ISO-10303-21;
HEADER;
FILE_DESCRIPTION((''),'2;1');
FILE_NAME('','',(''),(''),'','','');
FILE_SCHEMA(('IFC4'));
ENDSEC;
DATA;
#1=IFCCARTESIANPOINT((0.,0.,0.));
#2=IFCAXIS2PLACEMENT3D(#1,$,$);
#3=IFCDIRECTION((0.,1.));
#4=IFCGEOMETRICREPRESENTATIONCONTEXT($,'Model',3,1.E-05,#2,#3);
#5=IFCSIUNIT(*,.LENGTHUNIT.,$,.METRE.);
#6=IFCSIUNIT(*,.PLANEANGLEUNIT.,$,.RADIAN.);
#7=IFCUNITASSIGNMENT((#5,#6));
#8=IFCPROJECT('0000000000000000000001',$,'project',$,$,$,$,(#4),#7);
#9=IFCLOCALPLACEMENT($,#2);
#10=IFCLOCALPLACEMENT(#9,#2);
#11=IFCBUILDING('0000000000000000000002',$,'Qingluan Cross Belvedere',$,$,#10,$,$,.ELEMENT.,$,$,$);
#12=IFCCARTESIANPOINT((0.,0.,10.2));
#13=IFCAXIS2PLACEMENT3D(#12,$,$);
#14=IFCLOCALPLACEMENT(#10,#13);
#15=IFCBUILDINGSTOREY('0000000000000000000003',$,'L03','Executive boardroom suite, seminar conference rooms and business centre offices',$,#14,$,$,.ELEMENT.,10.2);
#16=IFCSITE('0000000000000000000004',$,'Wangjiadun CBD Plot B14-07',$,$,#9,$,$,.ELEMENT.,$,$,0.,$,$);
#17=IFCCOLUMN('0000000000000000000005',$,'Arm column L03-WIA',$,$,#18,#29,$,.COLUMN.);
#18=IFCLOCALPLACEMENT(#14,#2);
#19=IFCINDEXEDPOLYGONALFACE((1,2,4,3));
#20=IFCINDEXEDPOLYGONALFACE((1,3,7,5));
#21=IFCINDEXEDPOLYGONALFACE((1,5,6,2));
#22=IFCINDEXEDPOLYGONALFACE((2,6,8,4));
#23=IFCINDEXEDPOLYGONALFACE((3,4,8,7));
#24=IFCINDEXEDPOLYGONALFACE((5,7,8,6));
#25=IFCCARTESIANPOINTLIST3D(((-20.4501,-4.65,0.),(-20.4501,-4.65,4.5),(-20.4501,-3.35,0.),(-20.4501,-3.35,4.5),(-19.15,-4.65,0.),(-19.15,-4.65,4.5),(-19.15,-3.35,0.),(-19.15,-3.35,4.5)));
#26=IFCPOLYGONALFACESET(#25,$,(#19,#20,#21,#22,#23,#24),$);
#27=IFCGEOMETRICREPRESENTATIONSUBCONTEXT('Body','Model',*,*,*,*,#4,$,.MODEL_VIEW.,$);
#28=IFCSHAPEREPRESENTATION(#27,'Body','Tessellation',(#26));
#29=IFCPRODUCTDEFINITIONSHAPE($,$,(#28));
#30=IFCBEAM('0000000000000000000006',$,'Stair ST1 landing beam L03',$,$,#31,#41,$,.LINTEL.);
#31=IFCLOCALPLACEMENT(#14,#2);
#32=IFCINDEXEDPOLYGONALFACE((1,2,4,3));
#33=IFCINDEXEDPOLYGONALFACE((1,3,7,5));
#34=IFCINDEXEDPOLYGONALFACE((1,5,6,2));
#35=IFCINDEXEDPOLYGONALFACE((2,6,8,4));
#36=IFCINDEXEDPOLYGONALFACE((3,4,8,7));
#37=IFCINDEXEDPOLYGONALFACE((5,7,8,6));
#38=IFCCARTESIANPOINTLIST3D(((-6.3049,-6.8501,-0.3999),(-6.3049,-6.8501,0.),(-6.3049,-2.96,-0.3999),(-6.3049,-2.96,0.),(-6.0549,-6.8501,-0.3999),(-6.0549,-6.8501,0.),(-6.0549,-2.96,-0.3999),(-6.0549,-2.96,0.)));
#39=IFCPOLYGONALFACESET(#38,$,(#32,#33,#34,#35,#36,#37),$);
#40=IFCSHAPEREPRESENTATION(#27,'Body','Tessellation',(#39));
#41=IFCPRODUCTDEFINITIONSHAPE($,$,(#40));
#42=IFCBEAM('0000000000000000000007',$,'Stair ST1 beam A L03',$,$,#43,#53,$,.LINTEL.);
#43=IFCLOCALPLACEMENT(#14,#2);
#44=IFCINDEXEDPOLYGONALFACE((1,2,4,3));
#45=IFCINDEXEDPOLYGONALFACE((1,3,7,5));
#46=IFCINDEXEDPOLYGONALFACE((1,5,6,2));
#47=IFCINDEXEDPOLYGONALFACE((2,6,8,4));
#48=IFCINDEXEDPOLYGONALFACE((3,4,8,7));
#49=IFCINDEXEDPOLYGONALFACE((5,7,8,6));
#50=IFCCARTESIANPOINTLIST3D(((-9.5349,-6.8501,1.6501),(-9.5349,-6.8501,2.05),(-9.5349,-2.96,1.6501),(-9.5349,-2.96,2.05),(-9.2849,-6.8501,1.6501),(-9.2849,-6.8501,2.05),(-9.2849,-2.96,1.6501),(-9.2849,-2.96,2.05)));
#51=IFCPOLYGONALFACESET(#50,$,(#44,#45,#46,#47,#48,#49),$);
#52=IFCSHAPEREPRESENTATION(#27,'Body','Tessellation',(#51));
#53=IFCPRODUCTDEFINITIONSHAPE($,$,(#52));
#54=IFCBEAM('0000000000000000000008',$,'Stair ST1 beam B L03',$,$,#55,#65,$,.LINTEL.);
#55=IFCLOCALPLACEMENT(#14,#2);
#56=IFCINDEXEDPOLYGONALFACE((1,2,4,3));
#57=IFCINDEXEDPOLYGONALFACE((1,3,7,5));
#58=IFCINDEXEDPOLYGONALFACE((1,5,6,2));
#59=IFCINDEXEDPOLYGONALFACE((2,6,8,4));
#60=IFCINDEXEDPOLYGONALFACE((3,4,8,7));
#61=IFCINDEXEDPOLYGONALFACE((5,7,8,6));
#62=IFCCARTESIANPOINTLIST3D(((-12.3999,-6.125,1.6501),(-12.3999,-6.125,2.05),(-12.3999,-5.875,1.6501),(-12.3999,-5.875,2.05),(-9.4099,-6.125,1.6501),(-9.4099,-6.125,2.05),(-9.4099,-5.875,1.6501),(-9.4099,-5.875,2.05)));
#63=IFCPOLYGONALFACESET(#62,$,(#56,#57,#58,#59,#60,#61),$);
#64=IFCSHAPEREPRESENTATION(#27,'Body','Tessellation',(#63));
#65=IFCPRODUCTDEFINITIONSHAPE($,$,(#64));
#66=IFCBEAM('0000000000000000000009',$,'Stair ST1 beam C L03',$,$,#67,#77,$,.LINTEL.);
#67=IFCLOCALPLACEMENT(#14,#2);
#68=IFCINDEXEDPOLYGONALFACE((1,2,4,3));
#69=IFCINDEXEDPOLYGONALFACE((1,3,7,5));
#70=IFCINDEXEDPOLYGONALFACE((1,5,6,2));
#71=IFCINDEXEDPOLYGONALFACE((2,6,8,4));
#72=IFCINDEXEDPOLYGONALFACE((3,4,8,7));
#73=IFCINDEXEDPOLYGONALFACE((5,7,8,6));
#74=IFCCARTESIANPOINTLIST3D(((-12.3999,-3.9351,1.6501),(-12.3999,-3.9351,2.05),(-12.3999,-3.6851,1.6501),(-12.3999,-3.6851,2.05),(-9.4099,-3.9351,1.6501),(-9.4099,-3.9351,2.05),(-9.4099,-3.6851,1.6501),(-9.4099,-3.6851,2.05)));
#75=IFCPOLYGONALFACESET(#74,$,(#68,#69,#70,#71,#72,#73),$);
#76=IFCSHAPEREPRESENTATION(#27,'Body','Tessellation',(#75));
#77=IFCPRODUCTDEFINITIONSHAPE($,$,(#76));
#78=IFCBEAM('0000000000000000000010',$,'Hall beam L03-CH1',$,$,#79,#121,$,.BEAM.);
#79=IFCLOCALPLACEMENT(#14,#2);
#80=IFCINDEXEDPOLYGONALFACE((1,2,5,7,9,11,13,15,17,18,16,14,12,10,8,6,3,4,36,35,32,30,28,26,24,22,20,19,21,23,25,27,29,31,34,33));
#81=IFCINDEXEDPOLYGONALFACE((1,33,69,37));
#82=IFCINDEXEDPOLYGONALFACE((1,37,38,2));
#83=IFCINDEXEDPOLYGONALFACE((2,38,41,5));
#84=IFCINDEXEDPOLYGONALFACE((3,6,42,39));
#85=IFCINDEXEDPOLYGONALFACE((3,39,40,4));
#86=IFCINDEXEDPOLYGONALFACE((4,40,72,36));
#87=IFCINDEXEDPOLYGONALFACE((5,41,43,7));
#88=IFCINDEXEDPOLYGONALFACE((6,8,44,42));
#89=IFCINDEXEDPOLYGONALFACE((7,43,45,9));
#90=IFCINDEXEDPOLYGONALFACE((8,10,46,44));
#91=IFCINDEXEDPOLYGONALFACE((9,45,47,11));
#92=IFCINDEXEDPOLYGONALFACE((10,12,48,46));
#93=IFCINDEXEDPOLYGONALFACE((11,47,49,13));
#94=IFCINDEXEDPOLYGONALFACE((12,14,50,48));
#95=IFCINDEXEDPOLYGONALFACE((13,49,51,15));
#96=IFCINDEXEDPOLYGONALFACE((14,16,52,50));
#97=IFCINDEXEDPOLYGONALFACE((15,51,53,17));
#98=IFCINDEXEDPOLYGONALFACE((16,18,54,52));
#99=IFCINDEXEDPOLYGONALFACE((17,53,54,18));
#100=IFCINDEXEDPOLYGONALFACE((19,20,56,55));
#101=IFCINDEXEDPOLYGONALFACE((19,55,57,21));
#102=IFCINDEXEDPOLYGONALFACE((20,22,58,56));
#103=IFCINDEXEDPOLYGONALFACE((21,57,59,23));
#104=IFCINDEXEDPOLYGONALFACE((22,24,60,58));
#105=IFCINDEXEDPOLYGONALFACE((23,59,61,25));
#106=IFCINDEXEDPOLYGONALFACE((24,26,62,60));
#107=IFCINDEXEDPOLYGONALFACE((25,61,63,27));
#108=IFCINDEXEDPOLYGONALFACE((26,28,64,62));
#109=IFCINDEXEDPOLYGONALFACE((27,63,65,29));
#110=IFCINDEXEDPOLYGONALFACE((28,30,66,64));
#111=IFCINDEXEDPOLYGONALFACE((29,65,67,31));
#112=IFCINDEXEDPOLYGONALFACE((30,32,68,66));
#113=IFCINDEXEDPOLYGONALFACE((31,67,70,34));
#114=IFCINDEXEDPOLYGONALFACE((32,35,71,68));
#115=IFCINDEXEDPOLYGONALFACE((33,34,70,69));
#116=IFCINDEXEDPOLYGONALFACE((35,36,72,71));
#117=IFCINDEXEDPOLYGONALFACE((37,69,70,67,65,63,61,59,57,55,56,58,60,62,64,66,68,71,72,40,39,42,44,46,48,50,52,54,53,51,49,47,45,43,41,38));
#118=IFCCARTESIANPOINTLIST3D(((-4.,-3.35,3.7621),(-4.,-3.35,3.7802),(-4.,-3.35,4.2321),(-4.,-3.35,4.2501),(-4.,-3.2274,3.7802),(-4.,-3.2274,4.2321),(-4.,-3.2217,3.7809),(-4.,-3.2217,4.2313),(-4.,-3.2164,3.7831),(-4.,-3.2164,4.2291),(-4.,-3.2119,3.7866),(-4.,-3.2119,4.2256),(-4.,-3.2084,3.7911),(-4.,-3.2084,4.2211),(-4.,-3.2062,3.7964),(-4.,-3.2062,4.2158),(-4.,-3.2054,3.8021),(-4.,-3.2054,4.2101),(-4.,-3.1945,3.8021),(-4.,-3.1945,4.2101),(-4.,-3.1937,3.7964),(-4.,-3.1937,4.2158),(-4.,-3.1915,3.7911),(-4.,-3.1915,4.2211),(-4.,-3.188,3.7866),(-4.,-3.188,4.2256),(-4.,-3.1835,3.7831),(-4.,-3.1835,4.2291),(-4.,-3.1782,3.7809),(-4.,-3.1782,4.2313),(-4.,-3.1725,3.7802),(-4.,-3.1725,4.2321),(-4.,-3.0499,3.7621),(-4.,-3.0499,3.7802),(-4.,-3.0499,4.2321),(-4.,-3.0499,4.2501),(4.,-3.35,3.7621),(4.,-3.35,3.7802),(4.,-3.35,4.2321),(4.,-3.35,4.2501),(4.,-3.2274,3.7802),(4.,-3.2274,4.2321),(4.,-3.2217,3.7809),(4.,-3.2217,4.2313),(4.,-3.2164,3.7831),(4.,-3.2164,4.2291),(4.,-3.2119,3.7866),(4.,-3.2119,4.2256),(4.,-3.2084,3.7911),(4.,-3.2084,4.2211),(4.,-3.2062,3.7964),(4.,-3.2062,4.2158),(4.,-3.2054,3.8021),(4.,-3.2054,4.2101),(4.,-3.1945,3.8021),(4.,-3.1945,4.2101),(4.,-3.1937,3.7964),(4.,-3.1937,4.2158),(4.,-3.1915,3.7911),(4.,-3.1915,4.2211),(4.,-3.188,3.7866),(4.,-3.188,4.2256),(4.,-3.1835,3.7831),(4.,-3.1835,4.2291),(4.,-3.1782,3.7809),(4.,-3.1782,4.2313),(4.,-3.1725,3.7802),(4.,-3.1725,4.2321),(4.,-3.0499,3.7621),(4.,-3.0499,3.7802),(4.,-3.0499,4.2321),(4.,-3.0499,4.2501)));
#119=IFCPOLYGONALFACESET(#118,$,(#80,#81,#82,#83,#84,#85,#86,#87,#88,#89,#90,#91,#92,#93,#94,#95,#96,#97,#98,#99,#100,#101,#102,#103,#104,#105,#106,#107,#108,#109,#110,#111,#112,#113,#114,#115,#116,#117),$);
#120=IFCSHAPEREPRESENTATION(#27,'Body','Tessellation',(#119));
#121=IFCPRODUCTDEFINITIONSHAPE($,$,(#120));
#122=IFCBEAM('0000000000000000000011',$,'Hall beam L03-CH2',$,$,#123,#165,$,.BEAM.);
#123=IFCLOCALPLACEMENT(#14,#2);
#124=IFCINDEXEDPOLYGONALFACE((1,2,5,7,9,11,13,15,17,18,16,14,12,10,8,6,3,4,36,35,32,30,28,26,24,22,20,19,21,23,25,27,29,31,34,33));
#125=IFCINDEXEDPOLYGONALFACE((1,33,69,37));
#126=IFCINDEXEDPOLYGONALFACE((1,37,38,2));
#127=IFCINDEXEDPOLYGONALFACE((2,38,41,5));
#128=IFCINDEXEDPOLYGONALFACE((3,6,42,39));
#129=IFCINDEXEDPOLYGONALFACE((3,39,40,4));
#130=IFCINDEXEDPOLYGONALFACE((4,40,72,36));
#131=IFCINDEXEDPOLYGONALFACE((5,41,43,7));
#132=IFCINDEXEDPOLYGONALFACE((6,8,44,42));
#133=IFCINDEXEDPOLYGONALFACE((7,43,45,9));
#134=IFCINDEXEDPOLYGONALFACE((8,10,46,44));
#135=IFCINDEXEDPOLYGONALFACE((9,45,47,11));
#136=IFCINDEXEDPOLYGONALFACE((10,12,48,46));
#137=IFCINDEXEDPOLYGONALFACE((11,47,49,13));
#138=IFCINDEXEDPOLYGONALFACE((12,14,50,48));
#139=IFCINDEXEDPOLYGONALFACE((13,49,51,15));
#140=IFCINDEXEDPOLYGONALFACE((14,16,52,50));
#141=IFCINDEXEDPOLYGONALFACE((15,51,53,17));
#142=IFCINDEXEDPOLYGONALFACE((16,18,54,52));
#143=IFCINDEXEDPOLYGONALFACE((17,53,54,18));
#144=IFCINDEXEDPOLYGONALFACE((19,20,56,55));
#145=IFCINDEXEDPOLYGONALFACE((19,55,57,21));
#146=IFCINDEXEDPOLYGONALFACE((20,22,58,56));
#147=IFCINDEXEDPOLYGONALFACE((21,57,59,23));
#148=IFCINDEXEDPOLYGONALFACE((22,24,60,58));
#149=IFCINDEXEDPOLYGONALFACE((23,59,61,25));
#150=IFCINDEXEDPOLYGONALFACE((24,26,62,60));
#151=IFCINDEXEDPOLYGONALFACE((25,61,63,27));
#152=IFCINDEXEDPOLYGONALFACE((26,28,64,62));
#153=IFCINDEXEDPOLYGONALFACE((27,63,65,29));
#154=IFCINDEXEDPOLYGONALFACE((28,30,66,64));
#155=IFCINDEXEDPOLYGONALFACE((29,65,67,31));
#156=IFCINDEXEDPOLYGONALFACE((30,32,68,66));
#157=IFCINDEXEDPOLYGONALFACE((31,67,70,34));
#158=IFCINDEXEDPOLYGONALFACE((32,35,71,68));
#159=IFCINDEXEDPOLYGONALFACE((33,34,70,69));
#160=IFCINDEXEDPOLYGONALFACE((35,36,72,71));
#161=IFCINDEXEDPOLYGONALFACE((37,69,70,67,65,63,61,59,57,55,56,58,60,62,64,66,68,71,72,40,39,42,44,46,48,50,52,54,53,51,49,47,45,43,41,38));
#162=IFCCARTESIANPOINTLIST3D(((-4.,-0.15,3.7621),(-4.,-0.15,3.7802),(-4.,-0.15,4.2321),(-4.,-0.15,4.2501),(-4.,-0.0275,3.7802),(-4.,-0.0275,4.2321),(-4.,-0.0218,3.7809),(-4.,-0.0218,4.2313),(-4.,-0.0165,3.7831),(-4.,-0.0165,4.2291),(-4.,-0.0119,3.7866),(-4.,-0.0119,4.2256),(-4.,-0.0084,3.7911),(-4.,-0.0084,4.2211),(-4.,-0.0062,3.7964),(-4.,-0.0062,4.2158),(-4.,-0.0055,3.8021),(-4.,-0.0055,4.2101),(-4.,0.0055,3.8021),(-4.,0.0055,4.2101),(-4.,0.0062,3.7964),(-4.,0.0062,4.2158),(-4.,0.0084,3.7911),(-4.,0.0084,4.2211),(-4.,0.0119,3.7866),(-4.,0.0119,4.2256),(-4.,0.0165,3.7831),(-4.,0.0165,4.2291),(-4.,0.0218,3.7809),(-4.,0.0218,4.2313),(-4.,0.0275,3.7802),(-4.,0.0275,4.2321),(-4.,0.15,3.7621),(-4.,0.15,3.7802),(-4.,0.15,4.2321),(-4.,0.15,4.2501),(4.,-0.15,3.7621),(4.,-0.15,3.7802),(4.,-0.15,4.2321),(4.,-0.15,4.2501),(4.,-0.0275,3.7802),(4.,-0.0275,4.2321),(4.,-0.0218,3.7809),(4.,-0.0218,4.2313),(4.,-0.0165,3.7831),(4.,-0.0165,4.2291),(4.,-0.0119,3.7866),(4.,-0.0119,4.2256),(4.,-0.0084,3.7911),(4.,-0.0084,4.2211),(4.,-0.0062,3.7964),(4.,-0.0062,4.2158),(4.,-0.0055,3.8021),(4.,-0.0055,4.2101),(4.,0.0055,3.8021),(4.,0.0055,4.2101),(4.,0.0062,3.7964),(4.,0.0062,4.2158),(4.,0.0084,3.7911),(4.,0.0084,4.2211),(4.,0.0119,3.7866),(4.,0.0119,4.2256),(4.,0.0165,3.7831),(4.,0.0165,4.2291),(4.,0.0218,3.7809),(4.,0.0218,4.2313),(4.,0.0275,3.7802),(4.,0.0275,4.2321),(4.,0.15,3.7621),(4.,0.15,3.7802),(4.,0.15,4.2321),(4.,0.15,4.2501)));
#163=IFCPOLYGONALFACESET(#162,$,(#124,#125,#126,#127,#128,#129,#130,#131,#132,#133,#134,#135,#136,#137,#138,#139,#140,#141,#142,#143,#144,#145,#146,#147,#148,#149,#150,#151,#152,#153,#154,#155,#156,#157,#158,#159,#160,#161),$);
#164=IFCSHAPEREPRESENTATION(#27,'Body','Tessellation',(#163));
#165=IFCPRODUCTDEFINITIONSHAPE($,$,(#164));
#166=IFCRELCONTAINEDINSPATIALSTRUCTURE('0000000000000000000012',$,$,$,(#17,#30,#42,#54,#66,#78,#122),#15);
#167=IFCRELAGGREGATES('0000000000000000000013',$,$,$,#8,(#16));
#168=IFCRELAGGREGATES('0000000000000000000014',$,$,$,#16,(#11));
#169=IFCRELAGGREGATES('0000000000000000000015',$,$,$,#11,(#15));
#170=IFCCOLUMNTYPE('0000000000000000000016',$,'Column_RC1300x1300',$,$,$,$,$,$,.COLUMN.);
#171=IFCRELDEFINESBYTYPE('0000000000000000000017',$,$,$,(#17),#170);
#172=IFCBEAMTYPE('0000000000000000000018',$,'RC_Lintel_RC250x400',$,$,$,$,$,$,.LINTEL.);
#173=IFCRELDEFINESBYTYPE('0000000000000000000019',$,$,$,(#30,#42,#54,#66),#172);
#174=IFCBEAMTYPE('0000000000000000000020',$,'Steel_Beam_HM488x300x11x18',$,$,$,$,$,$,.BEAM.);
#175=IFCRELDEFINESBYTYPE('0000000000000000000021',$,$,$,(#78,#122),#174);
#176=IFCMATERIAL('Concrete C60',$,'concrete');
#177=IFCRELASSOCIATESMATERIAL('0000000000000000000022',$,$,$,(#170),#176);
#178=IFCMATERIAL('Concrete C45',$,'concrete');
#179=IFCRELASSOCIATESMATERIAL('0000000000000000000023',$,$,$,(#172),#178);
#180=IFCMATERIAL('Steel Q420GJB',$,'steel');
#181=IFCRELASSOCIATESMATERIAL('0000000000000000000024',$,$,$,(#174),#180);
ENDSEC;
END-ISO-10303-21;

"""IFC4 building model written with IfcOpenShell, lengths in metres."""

from ifc_helpers import new_model, si_unit, direction, frame, origin, origin_2d, place, context, subcontext, project, spatial, rectangle, i_section, extrude, material, material_profile, profile_set, type_object, element, save


model = new_model("IFC4")

# Units and contexts
model_context = context("Model", 3, precision=1e-05, world=origin(), true_north=direction((0.0, 1.0)))
body_context = subcontext(model_context, "Body", "Model", "MODEL_VIEW")
ifc_project = project(units=[si_unit("LENGTHUNIT", "METRE"), si_unit("PLANEANGLEUNIT", "RADIAN")], contexts=[model_context])

# Site, building, storey
site_placement = place(None, origin())
site = spatial("IfcSite", under=ifc_project, at=site_placement, Name="Wangjiadun CBD Plot B14-07", CompositionType="ELEMENT", RefElevation=0.0)
building_placement = place(site_placement, origin())
building = spatial("IfcBuilding", under=site, at=building_placement, Name="Qingluan Cross Belvedere", CompositionType="ELEMENT")
storey_placement = place(building_placement, frame((0.0, 0.0, 10.2)))
storey = spatial("IfcBuildingStorey", under=building, at=storey_placement, Name="L03", Description="Executive boardroom suite, seminar conference rooms and business centre offices", CompositionType="ELEMENT", Elevation=10.2)

# Column
ifc_material_1 = material(Name="Concrete C60", Category="concrete")
ifc_material_profile_1 = material_profile(ifc_material_1, rectangle(XDim=1.3, YDim=1.3, at=origin_2d()), Name="RC1300x1300")
ifc_profile_set_1 = profile_set([ifc_material_profile_1], Name="Concrete C60")
column_type = type_object("IfcColumnType", Name="Column_RC1300x1300", PredefinedType="COLUMN", material=ifc_profile_set_1)
column_placement = place(storey_placement, frame((-19.8, -4.0, 0.0), z_axis=(0.0, 0.0, 1.0), x_axis=(1.0, 0.0, 0.0)))
element("IfcColumn", 1, at=column_placement, inside=storey, type_object=column_type, Name="Arm column L03-WIA", PredefinedType="COLUMN", context=body_context, shape_type="SweptSolid", body=[
    extrude(rectangle(XDim=1.3, YDim=1.3, at=origin_2d()), origin(), (0.0, 0.0, 1.0), 4.5),
])

# Beams
ifc_material_2 = material(Name="Concrete C45", Category="concrete")
ifc_material_profile_2 = material_profile(ifc_material_2, rectangle(XDim=0.25, YDim=0.3999, at=origin_2d()), Name="RC250x400")
ifc_profile_set_2 = profile_set([ifc_material_profile_2], Name="Concrete C45")
beam_type_1 = type_object("IfcBeamType", Name="RC_Lintel_RC250x400", PredefinedType="LINTEL", material=ifc_profile_set_2)
for number, where, z_axis, x_axis, name in (
    (2, (-6.1799, -6.8501, -0.2), (0.0, 1.0, 0.0), (-1.0, 0.0, 0.0), "Stair ST1 landing beam L03"),
    (3, (-9.4099, -6.8501, 1.8501), (0.0, 1.0, 0.0), (-1.0, 0.0, 0.0), "Stair ST1 beam A L03"),
):
    element("IfcBeam", number, at=place(storey_placement, frame(where, z_axis=z_axis, x_axis=x_axis)), inside=storey, type_object=beam_type_1, Name=name, PredefinedType="LINTEL", context=body_context, shape_type="SweptSolid", body=[
        extrude(rectangle(XDim=0.25, YDim=0.3999, at=origin_2d()), origin(), (0.0, 0.0, 1.0), 3.8901),
    ])
for number, where, z_axis, x_axis, name in (
    (4, (-12.3999, -6.0, 1.8501), (1.0, 0.0, 0.0), (0.0, 1.0, 0.0), "Stair ST1 beam B L03"),
    (5, (-12.3999, -3.8101, 1.8501), (1.0, 0.0, 0.0), (0.0, 1.0, 0.0), "Stair ST1 beam C L03"),
):
    element("IfcBeam", number, at=place(storey_placement, frame(where, z_axis=z_axis, x_axis=x_axis)), inside=storey, type_object=beam_type_1, Name=name, PredefinedType="LINTEL", context=body_context, shape_type="SweptSolid", body=[
        extrude(rectangle(XDim=0.25, YDim=0.3999, at=origin_2d()), origin(), (0.0, 0.0, 1.0), 2.99),
    ])
ifc_material_3 = material(Name="Steel Q420GJB", Category="steel")
ifc_material_profile_3 = material_profile(ifc_material_3, i_section(OverallWidth=0.3, OverallDepth=0.488, WebThickness=0.011, FlangeThickness=0.0181, FilletRadius=0.022, at=origin_2d()), Name="HM488x300x11x18")
ifc_profile_set_3 = profile_set([ifc_material_profile_3], Name="Steel Q420GJB")
beam_type_2 = type_object("IfcBeamType", Name="Steel_Beam_HM488x300x11x18", PredefinedType="BEAM", material=ifc_profile_set_3)
for number, where, z_axis, x_axis, name in (
    (6, (-4.0, -3.2, 4.0061), (1.0, 0.0, 0.0), (0.0, 1.0, 0.0), "Hall beam L03-CH1"),
    (7, (-4.0, 0.0, 4.0061), (1.0, 0.0, 0.0), (0.0, 1.0, 0.0), "Hall beam L03-CH2"),
):
    element("IfcBeam", number, at=place(storey_placement, frame(where, z_axis=z_axis, x_axis=x_axis)), inside=storey, type_object=beam_type_2, Name=name, PredefinedType="BEAM", context=body_context, shape_type="SweptSolid", body=[
        extrude(i_section(OverallWidth=0.3, OverallDepth=0.488, WebThickness=0.011, FlangeThickness=0.0181, FilletRadius=0.022, at=origin_2d()), origin(), (0.0, 0.0, 1.0), 8.0),
    ])

save(model, "model.ifc")
